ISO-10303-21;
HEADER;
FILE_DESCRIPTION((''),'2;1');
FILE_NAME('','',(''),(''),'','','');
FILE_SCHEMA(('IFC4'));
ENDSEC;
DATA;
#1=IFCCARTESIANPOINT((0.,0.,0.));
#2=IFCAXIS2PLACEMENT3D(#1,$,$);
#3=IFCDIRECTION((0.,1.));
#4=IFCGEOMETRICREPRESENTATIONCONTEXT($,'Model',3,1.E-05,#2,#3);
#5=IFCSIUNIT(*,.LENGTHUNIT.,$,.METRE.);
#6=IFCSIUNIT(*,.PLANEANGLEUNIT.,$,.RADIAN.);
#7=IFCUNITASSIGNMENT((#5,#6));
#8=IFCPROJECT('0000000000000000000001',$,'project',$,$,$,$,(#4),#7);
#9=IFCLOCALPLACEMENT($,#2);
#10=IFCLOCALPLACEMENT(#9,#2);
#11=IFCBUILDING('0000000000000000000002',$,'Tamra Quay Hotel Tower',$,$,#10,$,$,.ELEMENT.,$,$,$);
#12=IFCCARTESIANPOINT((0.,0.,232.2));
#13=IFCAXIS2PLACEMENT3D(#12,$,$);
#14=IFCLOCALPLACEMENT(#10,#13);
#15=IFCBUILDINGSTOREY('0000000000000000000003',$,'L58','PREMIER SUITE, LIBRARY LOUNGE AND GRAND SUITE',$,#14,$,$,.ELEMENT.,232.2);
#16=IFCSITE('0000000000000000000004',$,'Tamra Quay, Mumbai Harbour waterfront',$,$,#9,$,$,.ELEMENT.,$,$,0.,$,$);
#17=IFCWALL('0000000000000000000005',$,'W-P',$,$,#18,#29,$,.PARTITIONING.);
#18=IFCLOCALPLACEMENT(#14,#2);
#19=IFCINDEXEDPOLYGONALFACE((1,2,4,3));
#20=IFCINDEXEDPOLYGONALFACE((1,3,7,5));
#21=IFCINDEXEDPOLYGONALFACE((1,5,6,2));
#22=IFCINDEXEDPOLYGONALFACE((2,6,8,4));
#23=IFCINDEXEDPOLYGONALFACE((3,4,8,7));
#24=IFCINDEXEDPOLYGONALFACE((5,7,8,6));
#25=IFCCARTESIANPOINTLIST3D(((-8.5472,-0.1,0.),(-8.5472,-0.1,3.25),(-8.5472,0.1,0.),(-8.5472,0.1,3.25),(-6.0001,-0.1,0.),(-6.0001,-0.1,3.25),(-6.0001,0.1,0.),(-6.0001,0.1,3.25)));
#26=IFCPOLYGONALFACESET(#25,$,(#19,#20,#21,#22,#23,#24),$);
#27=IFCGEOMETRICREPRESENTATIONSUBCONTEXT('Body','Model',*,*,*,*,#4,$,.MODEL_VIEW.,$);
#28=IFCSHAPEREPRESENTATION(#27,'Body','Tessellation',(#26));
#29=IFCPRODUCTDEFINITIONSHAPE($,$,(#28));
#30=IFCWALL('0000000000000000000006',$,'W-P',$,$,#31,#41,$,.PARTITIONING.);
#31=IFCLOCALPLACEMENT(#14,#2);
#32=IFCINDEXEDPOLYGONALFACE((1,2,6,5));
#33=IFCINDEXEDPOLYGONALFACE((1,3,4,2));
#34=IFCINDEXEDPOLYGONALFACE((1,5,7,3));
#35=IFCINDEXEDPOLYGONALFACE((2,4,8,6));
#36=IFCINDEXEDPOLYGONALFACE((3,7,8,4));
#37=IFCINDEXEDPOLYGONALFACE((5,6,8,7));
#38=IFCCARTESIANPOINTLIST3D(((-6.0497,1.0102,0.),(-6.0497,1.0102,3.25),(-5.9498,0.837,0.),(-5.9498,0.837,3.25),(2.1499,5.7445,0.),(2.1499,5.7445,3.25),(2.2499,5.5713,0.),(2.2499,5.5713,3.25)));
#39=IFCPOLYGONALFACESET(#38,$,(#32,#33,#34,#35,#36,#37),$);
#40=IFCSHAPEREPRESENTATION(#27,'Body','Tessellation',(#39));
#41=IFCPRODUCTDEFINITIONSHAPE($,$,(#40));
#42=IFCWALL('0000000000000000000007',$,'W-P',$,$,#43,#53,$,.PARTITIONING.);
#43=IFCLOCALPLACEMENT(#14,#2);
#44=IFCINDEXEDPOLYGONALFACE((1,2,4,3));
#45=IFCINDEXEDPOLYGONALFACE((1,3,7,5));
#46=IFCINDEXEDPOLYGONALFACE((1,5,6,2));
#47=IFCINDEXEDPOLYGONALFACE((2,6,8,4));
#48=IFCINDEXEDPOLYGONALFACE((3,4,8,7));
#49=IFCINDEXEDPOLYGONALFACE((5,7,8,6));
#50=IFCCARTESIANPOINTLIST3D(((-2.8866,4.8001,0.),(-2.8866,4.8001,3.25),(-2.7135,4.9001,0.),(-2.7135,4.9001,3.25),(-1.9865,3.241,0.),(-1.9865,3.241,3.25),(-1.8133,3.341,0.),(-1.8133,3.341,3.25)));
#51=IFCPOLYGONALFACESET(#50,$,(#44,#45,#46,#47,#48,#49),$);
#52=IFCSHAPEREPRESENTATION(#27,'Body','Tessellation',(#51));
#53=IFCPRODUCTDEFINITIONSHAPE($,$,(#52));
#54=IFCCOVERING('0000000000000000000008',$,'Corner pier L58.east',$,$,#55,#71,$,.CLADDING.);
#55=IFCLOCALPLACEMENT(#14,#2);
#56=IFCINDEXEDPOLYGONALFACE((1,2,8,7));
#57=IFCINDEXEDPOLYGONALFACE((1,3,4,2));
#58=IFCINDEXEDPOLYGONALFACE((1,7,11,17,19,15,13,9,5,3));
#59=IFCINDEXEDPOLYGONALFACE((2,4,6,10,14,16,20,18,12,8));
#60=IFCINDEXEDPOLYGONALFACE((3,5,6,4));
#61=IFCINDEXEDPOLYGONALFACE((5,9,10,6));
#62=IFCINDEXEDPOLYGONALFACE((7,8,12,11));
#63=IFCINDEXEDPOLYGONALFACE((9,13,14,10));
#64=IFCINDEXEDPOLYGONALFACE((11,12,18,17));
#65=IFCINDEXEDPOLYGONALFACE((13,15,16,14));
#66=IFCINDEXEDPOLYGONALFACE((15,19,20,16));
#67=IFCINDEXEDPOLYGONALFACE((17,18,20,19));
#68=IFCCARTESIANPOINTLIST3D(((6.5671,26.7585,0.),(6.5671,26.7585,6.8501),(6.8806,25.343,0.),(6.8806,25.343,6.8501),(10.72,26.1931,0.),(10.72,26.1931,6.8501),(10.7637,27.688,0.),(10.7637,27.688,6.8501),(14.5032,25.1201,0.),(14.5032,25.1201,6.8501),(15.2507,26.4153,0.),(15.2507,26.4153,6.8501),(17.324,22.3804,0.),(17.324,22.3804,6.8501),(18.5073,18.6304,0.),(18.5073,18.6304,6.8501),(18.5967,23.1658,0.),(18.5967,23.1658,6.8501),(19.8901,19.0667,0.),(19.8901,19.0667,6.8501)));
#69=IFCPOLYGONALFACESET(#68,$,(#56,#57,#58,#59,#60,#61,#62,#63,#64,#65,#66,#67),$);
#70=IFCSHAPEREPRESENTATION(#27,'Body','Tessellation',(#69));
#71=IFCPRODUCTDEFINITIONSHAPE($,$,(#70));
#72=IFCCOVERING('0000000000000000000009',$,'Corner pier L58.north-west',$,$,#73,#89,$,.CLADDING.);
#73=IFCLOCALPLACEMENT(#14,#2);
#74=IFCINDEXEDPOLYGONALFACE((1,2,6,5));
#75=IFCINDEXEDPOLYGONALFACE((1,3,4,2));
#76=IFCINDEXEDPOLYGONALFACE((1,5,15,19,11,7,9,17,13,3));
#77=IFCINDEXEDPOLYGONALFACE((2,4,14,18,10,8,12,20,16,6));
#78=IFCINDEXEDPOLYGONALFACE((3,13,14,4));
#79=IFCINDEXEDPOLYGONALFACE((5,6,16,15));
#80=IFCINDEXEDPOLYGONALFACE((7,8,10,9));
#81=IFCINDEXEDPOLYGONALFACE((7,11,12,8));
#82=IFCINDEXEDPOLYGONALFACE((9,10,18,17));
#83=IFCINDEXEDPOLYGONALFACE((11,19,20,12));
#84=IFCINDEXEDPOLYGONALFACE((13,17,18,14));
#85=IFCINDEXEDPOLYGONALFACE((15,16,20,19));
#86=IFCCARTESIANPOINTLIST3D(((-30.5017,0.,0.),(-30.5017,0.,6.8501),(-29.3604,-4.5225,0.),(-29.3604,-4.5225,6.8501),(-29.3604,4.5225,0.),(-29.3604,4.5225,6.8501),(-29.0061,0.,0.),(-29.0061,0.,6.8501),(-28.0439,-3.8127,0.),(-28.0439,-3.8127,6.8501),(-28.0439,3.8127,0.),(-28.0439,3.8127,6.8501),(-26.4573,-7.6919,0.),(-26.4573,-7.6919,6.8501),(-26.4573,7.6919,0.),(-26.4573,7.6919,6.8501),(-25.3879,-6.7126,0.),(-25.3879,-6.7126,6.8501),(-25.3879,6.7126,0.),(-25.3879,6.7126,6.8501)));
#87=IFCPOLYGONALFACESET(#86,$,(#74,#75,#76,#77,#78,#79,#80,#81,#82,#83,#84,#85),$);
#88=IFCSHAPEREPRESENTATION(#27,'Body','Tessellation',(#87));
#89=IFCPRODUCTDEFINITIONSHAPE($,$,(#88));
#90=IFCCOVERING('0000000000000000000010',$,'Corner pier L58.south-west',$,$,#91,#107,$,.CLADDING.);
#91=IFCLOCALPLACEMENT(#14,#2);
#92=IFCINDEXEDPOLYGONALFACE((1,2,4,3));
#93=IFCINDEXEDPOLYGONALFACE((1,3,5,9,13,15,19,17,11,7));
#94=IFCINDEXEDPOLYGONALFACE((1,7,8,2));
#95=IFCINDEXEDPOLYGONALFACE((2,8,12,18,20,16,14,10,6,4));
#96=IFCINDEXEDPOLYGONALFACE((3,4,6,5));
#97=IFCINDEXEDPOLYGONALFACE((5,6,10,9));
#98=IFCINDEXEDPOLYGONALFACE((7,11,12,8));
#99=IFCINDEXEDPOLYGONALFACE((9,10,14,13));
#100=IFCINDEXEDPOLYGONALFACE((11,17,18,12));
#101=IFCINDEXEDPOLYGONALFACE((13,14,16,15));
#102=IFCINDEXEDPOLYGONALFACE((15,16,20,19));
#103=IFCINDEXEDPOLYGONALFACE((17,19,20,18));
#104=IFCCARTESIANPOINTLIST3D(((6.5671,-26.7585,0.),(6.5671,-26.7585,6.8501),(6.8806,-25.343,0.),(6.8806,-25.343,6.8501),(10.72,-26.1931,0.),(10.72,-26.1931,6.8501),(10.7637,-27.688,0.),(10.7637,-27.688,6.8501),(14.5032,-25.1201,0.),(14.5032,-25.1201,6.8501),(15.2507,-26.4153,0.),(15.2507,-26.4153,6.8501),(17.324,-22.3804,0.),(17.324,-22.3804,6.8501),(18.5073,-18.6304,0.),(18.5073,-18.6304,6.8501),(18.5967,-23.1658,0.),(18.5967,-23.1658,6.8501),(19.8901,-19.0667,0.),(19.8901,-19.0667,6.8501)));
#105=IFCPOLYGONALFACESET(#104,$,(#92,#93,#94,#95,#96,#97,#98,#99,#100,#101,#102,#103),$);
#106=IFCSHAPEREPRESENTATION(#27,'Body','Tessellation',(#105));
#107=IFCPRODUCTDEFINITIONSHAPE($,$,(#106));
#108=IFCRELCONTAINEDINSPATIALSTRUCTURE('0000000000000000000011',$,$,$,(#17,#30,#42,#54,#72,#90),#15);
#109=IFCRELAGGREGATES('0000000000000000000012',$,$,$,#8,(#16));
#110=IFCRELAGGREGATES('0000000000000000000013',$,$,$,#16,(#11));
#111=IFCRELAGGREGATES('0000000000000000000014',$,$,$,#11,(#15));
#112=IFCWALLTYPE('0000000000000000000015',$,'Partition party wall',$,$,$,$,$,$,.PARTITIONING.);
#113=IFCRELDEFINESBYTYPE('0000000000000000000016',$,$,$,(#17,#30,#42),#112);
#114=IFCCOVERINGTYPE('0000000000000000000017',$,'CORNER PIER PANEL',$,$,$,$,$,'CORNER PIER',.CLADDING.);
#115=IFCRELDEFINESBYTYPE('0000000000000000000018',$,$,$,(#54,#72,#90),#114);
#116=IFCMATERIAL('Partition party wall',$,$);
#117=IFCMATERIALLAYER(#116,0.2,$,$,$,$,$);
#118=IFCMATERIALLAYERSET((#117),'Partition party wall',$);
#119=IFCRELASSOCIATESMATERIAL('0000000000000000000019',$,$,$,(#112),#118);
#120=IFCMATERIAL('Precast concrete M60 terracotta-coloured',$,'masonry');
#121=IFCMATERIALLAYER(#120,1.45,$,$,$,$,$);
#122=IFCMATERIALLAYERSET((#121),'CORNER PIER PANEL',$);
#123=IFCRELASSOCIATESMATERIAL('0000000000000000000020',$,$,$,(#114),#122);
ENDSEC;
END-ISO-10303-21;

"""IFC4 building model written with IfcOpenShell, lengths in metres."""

from ifc_helpers import new_model, si_unit, direction, frame, frame_2d, origin, place, context, subcontext, project, spatial, polyline, rectangle, outline, extrude, material, layer, layer_set, type_object, element, save


model = new_model("IFC4")

# Units and contexts
model_context = context("Model", 3, precision=1e-05, world=origin(), true_north=direction((0.0, 1.0)))
body_context = subcontext(model_context, "Body", "Model", "MODEL_VIEW")
ifc_project = project(units=[si_unit("LENGTHUNIT", "METRE"), si_unit("PLANEANGLEUNIT", "RADIAN")], contexts=[model_context])

# Site, building, storey
site_placement = place(None, origin())
site = spatial("IfcSite", under=ifc_project, at=site_placement, Name="Tamra Quay, Mumbai Harbour waterfront", CompositionType="ELEMENT", RefElevation=0.0)
building_placement = place(site_placement, origin())
building = spatial("IfcBuilding", under=site, at=building_placement, Name="Tamra Quay Hotel Tower", CompositionType="ELEMENT")
storey_placement = place(building_placement, frame((0.0, 0.0, 232.2)))
storey = spatial("IfcBuildingStorey", under=building, at=storey_placement, Name="L58", Description="PREMIER SUITE, LIBRARY LOUNGE AND GRAND SUITE", CompositionType="ELEMENT", Elevation=232.2)

# Walls
ifc_material_1 = material(Name="Partition party wall")
ifc_layer_1 = layer(ifc_material_1, 0.2)
ifc_layer_set_1 = layer_set([ifc_layer_1], Name="Partition party wall")
wall_type_1 = type_object("IfcWallType", Name="Partition party wall", PredefinedType="PARTITIONING", material=ifc_layer_set_1)
wall_1_placement = place(storey_placement, frame((-8.5471, 0.0, 0.0), z_axis=(0.0, 0.0, 1.0), x_axis=(1.0, 0.0, 0.0)))
element("IfcWall", 1, at=wall_1_placement, inside=storey, type_object=wall_type_1, Name="W-P", PredefinedType="PARTITIONING", context=body_context, shape_type="SweptSolid", body=[
    extrude(rectangle(XDim=2.5471, YDim=0.2, at=frame_2d((1.2734, 0.0))), origin(), (0.0, 0.0, 1.0), 3.25),
])
wall_2_placement = place(storey_placement, frame((-5.9998, 0.9236, 0.0), z_axis=(0.0, 0.0, 1.0), x_axis=(0.866013, 0.500022, 0.0)))
element("IfcWall", 2, at=wall_2_placement, inside=storey, type_object=wall_type_1, Name="W-P", PredefinedType="PARTITIONING", context=body_context, shape_type="SweptSolid", body=[
    extrude(rectangle(XDim=9.4683, YDim=0.2, at=frame_2d((4.7341, 0.0))), origin(), (0.0, 0.0, 1.0), 3.25),
])
wall_3_placement = place(storey_placement, frame((-2.8, 4.8501, 0.0), z_axis=(0.0, 0.0, 1.0), x_axis=(0.500004, -0.866023, 0.0)))
element("IfcWall", 3, at=wall_3_placement, inside=storey, type_object=wall_type_1, Name="W-P", PredefinedType="PARTITIONING", context=body_context, shape_type="SweptSolid", body=[
    extrude(rectangle(XDim=1.8003, YDim=0.2, at=frame_2d((0.9001, 0.0))), origin(), (0.0, 0.0, 1.0), 3.25),
])

# Coverings
ifc_material_2 = material(Name="Precast concrete M60 terracotta-coloured", Category="masonry")
ifc_layer_2 = layer(ifc_material_2, 1.45)
ifc_layer_set_2 = layer_set([ifc_layer_2], Name="CORNER PIER PANEL")
covering_type = type_object("IfcCoveringType", Name="CORNER PIER PANEL", ElementType="CORNER PIER", PredefinedType="CLADDING", material=ifc_layer_set_2)
covering_1_placement = place(storey_placement, origin())
element("IfcCovering", 4, at=covering_1_placement, inside=storey, type_object=covering_type, Name="Corner pier L58.east", PredefinedType="CLADDING", context=body_context, shape_type="SweptSolid", body=[
    extrude(outline(polyline([(18.5073, 18.6304), (19.8901, 19.0667), (18.5967, 23.1658), (15.2507, 26.4153), (10.7637, 27.688), (6.5671, 26.7585), (6.8806, 25.343), (10.72, 26.1931), (14.5032, 25.1201), (17.324, 22.3804), (18.5073, 18.6304)])), origin(), (0.0, 0.0, 1.0), 6.8501),
])
covering_2_placement = place(storey_placement, origin())
element("IfcCovering", 5, at=covering_2_placement, inside=storey, type_object=covering_type, Name="Corner pier L58.north-west", PredefinedType="CLADDING", context=body_context, shape_type="SweptSolid", body=[
    extrude(outline(polyline([(-25.3879, 6.7126), (-26.4573, 7.6919), (-29.3604, 4.5225), (-30.5017, 0.0), (-29.3604, -4.5225), (-26.4573, -7.6919), (-25.3879, -6.7126), (-28.0439, -3.8127), (-29.0061, 0.0), (-28.0439, 3.8127), (-25.3879, 6.7126)])), origin(), (0.0, 0.0, 1.0), 6.8501),
])
covering_3_placement = place(storey_placement, origin())
element("IfcCovering", 6, at=covering_3_placement, inside=storey, type_object=covering_type, Name="Corner pier L58.south-west", PredefinedType="CLADDING", context=body_context, shape_type="SweptSolid", body=[
    extrude(outline(polyline([(6.8806, -25.343), (6.5671, -26.7585), (10.7637, -27.688), (15.2507, -26.4153), (18.5967, -23.1658), (19.8901, -19.0667), (18.5073, -18.6304), (17.324, -22.3804), (14.5032, -25.1201), (10.72, -26.1931), (6.8806, -25.343)])), origin(), (0.0, 0.0, 1.0), 6.8501),
])

save(model, "model.ifc")
